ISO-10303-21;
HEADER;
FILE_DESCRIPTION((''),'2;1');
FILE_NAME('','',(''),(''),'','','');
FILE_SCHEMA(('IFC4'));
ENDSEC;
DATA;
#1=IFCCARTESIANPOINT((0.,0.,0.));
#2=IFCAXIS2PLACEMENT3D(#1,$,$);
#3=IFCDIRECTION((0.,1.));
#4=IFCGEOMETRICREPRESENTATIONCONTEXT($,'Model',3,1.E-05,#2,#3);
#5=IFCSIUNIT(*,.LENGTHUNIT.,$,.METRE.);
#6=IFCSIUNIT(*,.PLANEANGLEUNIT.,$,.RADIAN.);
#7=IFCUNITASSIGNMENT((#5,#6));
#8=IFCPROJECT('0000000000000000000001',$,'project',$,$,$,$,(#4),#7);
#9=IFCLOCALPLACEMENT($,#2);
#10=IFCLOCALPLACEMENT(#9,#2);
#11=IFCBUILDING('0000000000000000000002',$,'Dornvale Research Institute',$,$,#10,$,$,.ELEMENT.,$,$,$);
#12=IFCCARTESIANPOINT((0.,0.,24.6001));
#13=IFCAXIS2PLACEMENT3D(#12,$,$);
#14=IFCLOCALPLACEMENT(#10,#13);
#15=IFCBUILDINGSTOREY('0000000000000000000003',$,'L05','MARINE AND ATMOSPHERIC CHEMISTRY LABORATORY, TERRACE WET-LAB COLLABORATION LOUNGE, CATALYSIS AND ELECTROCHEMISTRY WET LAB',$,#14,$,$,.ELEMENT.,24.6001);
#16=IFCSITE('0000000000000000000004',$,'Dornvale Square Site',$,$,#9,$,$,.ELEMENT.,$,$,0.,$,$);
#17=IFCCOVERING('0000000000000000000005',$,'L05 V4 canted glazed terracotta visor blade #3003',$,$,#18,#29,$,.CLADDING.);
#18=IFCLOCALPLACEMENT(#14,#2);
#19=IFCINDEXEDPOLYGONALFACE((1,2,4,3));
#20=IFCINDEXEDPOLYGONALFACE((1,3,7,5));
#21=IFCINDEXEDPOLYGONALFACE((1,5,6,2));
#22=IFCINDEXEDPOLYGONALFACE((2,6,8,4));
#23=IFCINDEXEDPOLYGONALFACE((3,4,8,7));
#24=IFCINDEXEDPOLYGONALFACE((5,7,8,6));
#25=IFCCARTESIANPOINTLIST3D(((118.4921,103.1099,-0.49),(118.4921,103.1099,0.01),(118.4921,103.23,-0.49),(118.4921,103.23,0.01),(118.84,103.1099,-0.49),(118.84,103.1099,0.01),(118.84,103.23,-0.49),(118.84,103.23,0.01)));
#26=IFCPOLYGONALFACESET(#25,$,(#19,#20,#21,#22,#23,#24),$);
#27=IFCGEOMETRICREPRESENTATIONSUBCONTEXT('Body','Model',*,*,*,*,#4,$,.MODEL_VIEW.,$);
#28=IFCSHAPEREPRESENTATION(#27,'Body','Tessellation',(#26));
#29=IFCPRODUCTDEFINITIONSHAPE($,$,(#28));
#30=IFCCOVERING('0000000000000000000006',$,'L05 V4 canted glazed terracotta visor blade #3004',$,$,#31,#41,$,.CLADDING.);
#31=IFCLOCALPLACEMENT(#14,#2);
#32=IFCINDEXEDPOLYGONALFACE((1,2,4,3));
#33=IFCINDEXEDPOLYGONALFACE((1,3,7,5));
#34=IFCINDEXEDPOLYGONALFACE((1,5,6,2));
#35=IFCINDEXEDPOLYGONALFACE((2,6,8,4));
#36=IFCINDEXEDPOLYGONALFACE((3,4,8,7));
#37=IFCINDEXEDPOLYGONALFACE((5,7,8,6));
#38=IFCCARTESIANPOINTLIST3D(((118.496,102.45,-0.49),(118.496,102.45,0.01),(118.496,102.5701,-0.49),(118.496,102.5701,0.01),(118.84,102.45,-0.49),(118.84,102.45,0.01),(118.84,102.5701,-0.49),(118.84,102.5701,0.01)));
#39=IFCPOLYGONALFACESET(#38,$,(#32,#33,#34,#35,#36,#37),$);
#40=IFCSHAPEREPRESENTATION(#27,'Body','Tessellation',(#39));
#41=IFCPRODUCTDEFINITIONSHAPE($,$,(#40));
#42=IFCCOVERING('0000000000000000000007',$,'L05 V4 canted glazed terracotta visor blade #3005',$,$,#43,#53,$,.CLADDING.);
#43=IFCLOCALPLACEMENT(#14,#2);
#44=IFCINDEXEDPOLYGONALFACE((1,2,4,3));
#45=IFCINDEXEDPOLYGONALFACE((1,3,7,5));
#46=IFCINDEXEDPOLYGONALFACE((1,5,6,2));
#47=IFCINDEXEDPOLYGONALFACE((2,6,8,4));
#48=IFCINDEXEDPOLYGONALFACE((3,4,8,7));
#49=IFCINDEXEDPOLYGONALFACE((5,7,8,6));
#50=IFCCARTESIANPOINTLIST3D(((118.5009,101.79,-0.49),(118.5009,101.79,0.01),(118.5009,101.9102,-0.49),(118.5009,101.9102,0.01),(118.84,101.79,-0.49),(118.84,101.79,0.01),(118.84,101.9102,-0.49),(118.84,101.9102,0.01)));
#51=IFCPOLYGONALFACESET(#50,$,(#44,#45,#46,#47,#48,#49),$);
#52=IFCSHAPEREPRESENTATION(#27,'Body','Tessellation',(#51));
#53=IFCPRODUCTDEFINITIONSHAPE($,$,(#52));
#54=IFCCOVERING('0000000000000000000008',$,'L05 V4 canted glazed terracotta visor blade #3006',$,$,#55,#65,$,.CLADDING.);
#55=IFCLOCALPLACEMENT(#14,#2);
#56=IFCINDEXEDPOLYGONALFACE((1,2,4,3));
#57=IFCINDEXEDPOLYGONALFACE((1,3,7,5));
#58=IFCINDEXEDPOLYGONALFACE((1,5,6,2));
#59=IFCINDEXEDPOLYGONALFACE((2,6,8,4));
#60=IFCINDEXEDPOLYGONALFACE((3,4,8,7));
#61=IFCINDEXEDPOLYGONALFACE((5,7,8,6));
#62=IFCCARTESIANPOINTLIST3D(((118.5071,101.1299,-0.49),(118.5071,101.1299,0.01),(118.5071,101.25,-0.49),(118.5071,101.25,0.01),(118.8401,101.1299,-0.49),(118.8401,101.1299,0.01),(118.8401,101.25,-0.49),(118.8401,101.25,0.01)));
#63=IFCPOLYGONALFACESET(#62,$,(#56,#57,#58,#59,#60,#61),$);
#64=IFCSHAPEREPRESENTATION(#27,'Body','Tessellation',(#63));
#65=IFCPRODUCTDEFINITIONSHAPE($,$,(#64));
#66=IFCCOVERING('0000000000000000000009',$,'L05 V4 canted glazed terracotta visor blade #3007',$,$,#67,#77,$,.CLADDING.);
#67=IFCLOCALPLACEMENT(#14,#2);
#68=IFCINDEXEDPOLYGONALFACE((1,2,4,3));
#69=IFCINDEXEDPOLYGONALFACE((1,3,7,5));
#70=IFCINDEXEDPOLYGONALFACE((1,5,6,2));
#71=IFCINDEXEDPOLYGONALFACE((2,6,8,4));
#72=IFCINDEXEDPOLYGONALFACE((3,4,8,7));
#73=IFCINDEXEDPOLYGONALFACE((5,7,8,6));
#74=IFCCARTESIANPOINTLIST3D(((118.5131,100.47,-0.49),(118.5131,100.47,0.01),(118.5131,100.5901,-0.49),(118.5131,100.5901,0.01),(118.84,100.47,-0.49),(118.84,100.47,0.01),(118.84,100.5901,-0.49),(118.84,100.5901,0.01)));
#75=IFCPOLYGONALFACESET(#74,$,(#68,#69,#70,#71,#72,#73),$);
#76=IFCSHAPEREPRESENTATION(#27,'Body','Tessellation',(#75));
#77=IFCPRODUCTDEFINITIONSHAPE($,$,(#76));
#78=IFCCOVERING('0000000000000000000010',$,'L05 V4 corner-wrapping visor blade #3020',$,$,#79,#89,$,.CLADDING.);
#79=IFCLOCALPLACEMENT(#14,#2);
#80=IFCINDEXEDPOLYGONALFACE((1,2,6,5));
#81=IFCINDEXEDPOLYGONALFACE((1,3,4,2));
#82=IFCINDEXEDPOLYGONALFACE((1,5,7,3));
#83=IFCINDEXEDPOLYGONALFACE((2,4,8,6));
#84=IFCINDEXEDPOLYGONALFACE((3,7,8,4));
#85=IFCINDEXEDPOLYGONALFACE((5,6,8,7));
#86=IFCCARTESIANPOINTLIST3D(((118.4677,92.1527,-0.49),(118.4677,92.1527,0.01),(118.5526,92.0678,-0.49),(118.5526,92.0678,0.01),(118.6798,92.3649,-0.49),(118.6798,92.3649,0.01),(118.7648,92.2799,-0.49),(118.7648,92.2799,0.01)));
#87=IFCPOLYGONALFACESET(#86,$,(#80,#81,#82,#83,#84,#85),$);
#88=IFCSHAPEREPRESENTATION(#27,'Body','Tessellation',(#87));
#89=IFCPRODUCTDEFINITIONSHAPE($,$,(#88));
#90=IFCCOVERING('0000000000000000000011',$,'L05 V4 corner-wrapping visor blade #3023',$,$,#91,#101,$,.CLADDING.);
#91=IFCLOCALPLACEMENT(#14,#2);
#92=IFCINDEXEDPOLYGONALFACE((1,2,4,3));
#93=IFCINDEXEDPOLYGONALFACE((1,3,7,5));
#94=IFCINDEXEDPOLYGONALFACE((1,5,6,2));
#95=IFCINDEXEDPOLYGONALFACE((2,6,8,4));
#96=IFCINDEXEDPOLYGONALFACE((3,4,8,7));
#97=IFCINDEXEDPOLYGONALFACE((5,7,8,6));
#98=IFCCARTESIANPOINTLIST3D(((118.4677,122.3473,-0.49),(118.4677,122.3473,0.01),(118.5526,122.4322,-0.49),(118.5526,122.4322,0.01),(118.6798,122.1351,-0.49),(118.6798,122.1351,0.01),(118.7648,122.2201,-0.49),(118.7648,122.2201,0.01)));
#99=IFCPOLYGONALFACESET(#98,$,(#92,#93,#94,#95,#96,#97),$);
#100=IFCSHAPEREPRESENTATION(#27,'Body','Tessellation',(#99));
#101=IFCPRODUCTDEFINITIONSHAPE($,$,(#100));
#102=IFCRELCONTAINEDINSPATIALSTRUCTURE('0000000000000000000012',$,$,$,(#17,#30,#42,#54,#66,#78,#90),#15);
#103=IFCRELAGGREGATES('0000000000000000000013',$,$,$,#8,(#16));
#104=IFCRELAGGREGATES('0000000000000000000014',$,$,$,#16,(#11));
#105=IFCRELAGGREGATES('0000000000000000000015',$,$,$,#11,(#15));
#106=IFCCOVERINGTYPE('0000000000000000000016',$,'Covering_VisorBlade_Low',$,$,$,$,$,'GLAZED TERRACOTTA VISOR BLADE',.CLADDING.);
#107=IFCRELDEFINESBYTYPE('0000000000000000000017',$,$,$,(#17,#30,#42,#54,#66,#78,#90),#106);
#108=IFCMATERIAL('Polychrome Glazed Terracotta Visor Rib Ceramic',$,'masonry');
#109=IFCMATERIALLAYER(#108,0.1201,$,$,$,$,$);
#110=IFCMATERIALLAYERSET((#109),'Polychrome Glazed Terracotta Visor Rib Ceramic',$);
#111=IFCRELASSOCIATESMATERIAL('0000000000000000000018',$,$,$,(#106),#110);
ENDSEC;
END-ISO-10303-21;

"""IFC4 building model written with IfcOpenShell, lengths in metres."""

from ifc_helpers import new_model, si_unit, direction, frame, origin, origin_2d, place, context, subcontext, project, spatial, rectangle, extrude, material, layer, layer_set, type_object, element, save


model = new_model("IFC4")

# Units and contexts
model_context = context("Model", 3, precision=1e-05, world=origin(), true_north=direction((0.0, 1.0)))
body_context = subcontext(model_context, "Body", "Model", "MODEL_VIEW")
ifc_project = project(units=[si_unit("LENGTHUNIT", "METRE"), si_unit("PLANEANGLEUNIT", "RADIAN")], contexts=[model_context])

# Site, building, storey
site_placement = place(None, origin())
site = spatial("IfcSite", under=ifc_project, at=site_placement, Name="Dornvale Square Site", CompositionType="ELEMENT", RefElevation=0.0)
building_placement = place(site_placement, origin())
building = spatial("IfcBuilding", under=site, at=building_placement, Name="Dornvale Research Institute", CompositionType="ELEMENT")
storey_placement = place(building_placement, frame((0.0, 0.0, 24.6001)))
storey = spatial("IfcBuildingStorey", under=building, at=storey_placement, Name="L05", Description="MARINE AND ATMOSPHERIC CHEMISTRY LABORATORY, TERRACE WET-LAB COLLABORATION LOUNGE, CATALYSIS AND ELECTROCHEMISTRY WET LAB", CompositionType="ELEMENT", Elevation=24.6001)

# Coverings
ifc_material = material(Name="Polychrome Glazed Terracotta Visor Rib Ceramic", Category="masonry")
ifc_layer = layer(ifc_material, 0.1201)
ifc_layer_set = layer_set([ifc_layer], Name="Polychrome Glazed Terracotta Visor Rib Ceramic")
covering_type = type_object("IfcCoveringType", Name="Covering_VisorBlade_Low", ElementType="GLAZED TERRACOTTA VISOR BLADE", PredefinedType="CLADDING", material=ifc_layer_set)
covering_1_placement = place(storey_placement, frame((118.666, 103.1699, -0.49), z_axis=(0.0, 0.0, 1.0), x_axis=(1.0, 0.0, 0.0)))
element("IfcCovering", 1, at=covering_1_placement, inside=storey, type_object=covering_type, Name="L05 V4 canted glazed terracotta visor blade #3003", PredefinedType="CLADDING", context=body_context, shape_type="SweptSolid", body=[
    extrude(rectangle(XDim=0.3479, YDim=0.1201, at=origin_2d()), origin(), (0.0, 0.0, 1.0), 0.5),
])
covering_2_placement = place(storey_placement, frame((118.668, 102.51, -0.49), z_axis=(0.0, 0.0, 1.0), x_axis=(1.0, 0.0, 0.0)))
element("IfcCovering", 2, at=covering_2_placement, inside=storey, type_object=covering_type, Name="L05 V4 canted glazed terracotta visor blade #3004", PredefinedType="CLADDING", context=body_context, shape_type="SweptSolid", body=[
    extrude(rectangle(XDim=0.344, YDim=0.1201, at=origin_2d()), origin(), (0.0, 0.0, 1.0), 0.5),
])
covering_3_placement = place(storey_placement, frame((118.6704, 101.8501, -0.49), z_axis=(0.0, 0.0, 1.0), x_axis=(1.0, 0.0, 0.0)))
element("IfcCovering", 3, at=covering_3_placement, inside=storey, type_object=covering_type, Name="L05 V4 canted glazed terracotta visor blade #3005", PredefinedType="CLADDING", context=body_context, shape_type="SweptSolid", body=[
    extrude(rectangle(XDim=0.3391, YDim=0.1201, at=origin_2d()), origin(), (0.0, 0.0, 1.0), 0.5),
])
covering_4_placement = place(storey_placement, frame((118.6736, 101.1899, -0.49), z_axis=(0.0, 0.0, 1.0), x_axis=(1.0, 0.0, 0.0)))
element("IfcCovering", 4, at=covering_4_placement, inside=storey, type_object=covering_type, Name="L05 V4 canted glazed terracotta visor blade #3006", PredefinedType="CLADDING", context=body_context, shape_type="SweptSolid", body=[
    extrude(rectangle(XDim=0.333, YDim=0.1201, at=origin_2d()), origin(), (0.0, 0.0, 1.0), 0.5),
])
covering_5_placement = place(storey_placement, frame((118.6765, 100.53, -0.49), z_axis=(0.0, 0.0, 1.0), x_axis=(1.0, 0.0, 0.0)))
element("IfcCovering", 5, at=covering_5_placement, inside=storey, type_object=covering_type, Name="L05 V4 canted glazed terracotta visor blade #3007", PredefinedType="CLADDING", context=body_context, shape_type="SweptSolid", body=[
    extrude(rectangle(XDim=0.3269, YDim=0.1201, at=origin_2d()), origin(), (0.0, 0.0, 1.0), 0.5),
])
for number, where, z_axis, x_axis, name in (
    (6, (118.6162, 92.2163, -0.49), (0.0, 0.0, 1.0), (-0.707107, -0.707107, 0.0), "L05 V4 corner-wrapping visor blade #3020"),
    (7, (118.6162, 122.2837, -0.49), (0.0, 0.0, 1.0), (-0.707107, 0.707107, 0.0), "L05 V4 corner-wrapping visor blade #3023"),
):
    element("IfcCovering", number, at=place(storey_placement, frame(where, z_axis=z_axis, x_axis=x_axis)), inside=storey, type_object=covering_type, Name=name, PredefinedType="CLADDING", context=body_context, shape_type="SweptSolid", body=[
        extrude(rectangle(XDim=0.3, YDim=0.1201, at=origin_2d()), origin(), (0.0, 0.0, 1.0), 0.5),
    ])

save(model, "model.ifc")
